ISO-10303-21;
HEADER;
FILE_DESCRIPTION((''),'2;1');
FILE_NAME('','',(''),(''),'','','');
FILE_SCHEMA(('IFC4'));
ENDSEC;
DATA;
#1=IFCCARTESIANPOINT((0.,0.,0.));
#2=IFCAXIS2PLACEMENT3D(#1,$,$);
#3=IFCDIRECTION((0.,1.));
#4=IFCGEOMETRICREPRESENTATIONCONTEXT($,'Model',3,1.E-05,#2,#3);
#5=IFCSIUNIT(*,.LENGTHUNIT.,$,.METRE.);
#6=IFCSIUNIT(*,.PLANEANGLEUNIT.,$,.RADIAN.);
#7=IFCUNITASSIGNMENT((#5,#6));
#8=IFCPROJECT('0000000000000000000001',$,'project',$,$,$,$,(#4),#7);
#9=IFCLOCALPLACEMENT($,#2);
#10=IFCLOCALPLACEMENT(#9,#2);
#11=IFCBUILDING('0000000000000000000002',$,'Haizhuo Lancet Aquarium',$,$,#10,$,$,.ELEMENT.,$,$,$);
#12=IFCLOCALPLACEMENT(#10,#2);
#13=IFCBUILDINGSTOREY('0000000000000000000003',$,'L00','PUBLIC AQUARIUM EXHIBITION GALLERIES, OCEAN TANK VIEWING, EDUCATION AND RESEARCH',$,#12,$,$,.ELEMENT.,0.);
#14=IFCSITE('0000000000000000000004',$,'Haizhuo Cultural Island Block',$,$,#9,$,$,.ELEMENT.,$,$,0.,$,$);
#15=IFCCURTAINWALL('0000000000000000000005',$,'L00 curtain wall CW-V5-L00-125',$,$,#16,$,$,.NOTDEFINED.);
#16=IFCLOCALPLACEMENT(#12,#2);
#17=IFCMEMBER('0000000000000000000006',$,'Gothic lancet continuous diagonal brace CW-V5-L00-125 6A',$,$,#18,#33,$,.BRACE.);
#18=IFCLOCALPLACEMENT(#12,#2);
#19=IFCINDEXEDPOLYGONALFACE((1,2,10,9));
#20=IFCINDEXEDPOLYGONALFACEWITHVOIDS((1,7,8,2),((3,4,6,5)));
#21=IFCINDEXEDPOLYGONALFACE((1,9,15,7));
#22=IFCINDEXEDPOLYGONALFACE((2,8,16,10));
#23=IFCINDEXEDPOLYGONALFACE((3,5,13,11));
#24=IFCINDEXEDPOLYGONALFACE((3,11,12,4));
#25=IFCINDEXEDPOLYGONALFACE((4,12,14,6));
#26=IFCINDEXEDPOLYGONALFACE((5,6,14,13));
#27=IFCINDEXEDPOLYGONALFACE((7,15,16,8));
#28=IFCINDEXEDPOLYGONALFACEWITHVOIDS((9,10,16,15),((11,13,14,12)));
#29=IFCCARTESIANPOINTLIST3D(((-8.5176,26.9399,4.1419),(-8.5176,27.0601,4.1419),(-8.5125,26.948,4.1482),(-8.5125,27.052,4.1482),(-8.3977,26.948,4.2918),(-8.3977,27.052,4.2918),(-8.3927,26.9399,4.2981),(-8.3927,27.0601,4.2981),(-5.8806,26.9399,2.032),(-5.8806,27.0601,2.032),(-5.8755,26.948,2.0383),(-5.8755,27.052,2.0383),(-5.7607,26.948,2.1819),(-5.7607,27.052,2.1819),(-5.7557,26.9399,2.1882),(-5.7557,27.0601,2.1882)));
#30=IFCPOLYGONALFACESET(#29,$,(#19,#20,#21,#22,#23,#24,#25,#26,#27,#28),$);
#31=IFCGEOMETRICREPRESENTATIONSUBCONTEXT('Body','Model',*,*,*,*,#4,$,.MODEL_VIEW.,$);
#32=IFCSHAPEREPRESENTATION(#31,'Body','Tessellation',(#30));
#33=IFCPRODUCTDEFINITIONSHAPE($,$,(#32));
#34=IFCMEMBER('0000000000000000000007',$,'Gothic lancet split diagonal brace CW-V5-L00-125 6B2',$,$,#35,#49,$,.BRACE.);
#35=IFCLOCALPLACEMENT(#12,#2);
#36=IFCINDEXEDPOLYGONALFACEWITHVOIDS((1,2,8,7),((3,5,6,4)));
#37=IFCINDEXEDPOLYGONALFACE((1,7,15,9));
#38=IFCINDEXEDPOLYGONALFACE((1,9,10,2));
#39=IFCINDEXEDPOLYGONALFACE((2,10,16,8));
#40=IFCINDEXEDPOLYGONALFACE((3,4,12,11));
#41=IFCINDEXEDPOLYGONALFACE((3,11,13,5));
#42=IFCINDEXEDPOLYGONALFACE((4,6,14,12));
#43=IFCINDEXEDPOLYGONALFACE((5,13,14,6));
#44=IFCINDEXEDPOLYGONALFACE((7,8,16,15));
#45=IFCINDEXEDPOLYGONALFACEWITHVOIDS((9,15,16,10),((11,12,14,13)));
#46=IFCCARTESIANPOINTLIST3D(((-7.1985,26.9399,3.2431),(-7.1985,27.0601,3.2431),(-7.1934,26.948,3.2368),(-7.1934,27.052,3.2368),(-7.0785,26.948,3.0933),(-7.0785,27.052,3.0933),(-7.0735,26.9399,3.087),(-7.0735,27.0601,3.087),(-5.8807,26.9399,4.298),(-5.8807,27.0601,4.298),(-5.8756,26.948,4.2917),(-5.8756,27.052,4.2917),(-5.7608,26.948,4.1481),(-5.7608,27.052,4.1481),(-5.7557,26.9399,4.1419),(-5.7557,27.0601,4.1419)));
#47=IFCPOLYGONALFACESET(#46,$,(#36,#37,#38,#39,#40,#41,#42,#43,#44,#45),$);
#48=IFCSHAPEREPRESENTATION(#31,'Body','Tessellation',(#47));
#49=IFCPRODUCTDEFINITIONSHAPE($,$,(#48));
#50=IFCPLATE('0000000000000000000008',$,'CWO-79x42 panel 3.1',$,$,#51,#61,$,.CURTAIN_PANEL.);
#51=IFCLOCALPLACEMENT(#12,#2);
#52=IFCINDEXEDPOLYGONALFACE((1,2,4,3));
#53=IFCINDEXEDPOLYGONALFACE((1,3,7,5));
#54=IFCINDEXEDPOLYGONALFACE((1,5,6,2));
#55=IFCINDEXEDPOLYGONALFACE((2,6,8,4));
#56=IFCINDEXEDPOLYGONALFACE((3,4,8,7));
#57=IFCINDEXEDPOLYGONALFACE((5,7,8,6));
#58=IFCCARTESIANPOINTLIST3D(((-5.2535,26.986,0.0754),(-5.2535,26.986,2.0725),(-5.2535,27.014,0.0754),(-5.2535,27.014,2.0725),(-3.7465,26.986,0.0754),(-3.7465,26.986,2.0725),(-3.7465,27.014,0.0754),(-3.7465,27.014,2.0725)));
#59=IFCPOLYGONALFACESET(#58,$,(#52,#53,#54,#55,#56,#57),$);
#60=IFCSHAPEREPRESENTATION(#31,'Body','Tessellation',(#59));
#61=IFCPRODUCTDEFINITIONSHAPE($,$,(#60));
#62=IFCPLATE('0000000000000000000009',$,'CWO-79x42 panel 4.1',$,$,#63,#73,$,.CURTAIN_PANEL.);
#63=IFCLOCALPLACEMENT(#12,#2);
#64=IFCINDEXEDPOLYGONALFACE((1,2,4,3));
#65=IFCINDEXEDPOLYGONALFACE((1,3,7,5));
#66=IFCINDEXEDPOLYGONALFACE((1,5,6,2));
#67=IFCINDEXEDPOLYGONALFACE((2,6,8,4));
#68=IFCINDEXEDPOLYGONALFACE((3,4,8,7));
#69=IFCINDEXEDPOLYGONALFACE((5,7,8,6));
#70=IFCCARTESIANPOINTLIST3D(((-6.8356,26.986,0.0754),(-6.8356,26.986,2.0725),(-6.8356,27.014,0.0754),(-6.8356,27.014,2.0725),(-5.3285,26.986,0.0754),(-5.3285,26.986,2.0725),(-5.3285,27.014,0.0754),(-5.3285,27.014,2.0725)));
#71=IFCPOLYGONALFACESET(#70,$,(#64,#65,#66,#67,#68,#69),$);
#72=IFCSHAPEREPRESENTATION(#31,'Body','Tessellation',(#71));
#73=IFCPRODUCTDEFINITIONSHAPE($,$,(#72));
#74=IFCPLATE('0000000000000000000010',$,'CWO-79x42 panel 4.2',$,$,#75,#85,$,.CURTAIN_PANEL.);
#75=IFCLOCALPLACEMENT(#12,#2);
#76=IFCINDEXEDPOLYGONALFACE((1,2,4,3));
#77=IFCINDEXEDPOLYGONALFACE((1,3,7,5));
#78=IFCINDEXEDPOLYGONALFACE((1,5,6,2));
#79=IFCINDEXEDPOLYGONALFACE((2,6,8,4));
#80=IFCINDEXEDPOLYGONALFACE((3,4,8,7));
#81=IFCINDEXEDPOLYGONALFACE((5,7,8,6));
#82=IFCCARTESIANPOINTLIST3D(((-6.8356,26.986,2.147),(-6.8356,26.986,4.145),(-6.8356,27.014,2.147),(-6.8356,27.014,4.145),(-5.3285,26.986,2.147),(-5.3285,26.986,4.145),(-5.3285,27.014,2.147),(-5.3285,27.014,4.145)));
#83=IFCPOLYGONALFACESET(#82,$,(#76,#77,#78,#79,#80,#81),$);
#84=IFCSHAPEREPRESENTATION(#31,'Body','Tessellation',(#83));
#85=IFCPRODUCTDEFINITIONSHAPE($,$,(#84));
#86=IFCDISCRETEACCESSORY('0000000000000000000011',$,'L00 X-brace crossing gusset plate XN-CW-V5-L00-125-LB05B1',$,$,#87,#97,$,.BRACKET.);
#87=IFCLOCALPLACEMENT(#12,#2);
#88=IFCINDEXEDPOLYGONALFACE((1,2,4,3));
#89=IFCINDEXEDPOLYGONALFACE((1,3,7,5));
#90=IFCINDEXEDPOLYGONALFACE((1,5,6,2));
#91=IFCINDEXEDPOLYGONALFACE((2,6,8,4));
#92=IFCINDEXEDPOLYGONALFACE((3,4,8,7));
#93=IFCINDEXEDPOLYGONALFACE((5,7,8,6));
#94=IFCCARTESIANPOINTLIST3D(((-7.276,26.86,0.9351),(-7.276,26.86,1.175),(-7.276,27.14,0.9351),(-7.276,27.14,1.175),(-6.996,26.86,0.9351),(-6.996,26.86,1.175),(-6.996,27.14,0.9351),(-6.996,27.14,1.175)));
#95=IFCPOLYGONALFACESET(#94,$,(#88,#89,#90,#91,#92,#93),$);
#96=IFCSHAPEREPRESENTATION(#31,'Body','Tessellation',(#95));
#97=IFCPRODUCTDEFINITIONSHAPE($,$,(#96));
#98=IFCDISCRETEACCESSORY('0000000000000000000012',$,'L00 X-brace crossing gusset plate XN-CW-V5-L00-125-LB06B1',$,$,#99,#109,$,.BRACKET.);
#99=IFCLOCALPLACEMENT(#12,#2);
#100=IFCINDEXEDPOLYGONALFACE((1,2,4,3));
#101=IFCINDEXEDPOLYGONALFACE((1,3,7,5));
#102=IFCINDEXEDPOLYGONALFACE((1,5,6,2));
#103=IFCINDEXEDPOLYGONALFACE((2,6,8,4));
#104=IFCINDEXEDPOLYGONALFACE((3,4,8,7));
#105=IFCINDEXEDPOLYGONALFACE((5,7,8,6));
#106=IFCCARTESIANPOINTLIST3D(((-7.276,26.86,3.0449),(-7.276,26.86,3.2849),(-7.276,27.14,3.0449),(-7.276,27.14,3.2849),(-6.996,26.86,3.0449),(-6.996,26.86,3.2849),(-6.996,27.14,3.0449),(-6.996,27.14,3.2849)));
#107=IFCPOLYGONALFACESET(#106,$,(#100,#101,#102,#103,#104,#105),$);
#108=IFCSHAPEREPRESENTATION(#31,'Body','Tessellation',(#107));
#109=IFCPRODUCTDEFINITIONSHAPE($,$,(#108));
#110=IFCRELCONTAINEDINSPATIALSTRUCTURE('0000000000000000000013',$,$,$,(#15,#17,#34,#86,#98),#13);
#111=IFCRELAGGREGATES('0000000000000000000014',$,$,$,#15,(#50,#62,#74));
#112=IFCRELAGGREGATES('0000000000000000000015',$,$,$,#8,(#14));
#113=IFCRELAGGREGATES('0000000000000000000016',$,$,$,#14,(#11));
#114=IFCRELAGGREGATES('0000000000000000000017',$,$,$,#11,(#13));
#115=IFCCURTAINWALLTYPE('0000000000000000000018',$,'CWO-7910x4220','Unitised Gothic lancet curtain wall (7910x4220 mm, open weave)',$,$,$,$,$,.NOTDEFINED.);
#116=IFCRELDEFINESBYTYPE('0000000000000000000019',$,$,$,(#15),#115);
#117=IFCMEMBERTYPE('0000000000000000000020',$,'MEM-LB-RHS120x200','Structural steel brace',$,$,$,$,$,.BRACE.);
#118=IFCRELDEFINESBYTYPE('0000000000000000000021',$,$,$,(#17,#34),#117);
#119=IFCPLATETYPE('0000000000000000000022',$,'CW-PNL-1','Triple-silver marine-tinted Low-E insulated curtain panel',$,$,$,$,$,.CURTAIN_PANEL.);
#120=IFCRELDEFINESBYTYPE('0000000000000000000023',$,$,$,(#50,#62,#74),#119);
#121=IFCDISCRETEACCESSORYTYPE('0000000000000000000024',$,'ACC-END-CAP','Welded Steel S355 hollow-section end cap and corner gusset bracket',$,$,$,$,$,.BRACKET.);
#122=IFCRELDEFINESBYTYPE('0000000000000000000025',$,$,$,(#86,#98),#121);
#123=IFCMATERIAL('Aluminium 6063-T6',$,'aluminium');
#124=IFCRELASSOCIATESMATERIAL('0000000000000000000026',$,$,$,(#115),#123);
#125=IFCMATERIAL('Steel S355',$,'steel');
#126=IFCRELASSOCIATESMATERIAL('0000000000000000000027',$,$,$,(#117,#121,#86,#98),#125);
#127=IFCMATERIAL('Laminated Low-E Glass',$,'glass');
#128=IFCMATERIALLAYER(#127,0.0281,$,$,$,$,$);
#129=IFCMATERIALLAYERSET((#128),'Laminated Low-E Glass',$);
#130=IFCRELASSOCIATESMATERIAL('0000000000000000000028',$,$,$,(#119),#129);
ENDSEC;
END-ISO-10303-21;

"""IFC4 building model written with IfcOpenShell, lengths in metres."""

from ifc_helpers import new_model, si_unit, direction, frame, origin, origin_2d, place, context, subcontext, project, spatial, rectangle, hollow_rectangle, extrude, material, layer, layer_set, material_profile, profile_set, type_object, element, aggregate, save


model = new_model("IFC4")

# Units and contexts
model_context = context("Model", 3, precision=1e-05, world=origin(), true_north=direction((0.0, 1.0)))
body_context = subcontext(model_context, "Body", "Model", "MODEL_VIEW")
ifc_project = project(units=[si_unit("LENGTHUNIT", "METRE"), si_unit("PLANEANGLEUNIT", "RADIAN")], contexts=[model_context])

# Site, building, storey
site_placement = place(None, origin())
site = spatial("IfcSite", under=ifc_project, at=site_placement, Name="Haizhuo Cultural Island Block", CompositionType="ELEMENT", RefElevation=0.0)
building_placement = place(site_placement, origin())
building = spatial("IfcBuilding", under=site, at=building_placement, Name="Haizhuo Lancet Aquarium", CompositionType="ELEMENT")
storey_placement = place(building_placement, origin())
storey = spatial("IfcBuildingStorey", under=building, at=storey_placement, Name="L00", Description="PUBLIC AQUARIUM EXHIBITION GALLERIES, OCEAN TANK VIEWING, EDUCATION AND RESEARCH", CompositionType="ELEMENT", Elevation=0.0)

# Curtain wall
ifc_material_1 = material(Name="Aluminium 6063-T6", Category="aluminium")
curtain_wall_type = type_object("IfcCurtainWallType", Name="CWO-7910x4220", Description="Unitised Gothic lancet curtain wall (7910x4220 mm, open weave)", PredefinedType="NOTDEFINED", material=ifc_material_1)
curtain_wall_placement = place(storey_placement, origin())
curtain_wall = element("IfcCurtainWall", 1, at=curtain_wall_placement, inside=storey, type_object=curtain_wall_type, Name="L00 curtain wall CW-V5-L00-125", PredefinedType="NOTDEFINED")

# Members
ifc_material_2 = material(Name="Steel S355", Category="steel")
ifc_material_profile_1 = material_profile(ifc_material_2, hollow_rectangle(XDim=0.1201, YDim=0.2, WallThickness=0.0081, at=origin_2d()), Name="RHS 120x200x8")
ifc_profile_set_1 = profile_set([ifc_material_profile_1], Name="Steel S355")
member_type_1 = type_object("IfcMemberType", Name="MEM-LB-RHS120x200", Description="Structural steel brace", PredefinedType="BRACE", material=ifc_profile_set_1)
for number, where, z_axis, x_axis, name in (
    (2, (-5.8181, 27.0, 2.1101), (-0.780826, 0.0, 0.624748), (0.0, -1.0, 0.0), "Gothic lancet continuous diagonal brace CW-V5-L00-125 6A"),
):
    element("IfcMember", number, at=place(storey_placement, frame(where, z_axis=z_axis, x_axis=x_axis)), inside=storey, type_object=member_type_1, Name=name, PredefinedType="BRACE", context=body_context, shape_type="SweptSolid", body=[
        extrude(hollow_rectangle(XDim=0.1201, YDim=0.2, WallThickness=0.0081, at=origin_2d()), origin(), (0.0, 0.0, 1.0), 3.3772),
    ])
member_1_placement = place(storey_placement, frame((-7.136, 27.0, 3.165), z_axis=(0.780685, 0.0, 0.624924), x_axis=(0.0, 1.0, 0.0)))
element("IfcMember", 3, at=member_1_placement, inside=storey, type_object=member_type_1, Name="Gothic lancet split diagonal brace CW-V5-L00-125 6B2", PredefinedType="BRACE", context=body_context, shape_type="SweptSolid", body=[
    extrude(hollow_rectangle(XDim=0.1201, YDim=0.2, WallThickness=0.0081, at=origin_2d()), origin(), (0.0, 0.0, 1.0), 1.688),
])

# Plates
ifc_material_3 = material(Name="Laminated Low-E Glass", Category="glass")
ifc_layer = layer(ifc_material_3, 0.0281)
ifc_layer_set = layer_set([ifc_layer], Name="Laminated Low-E Glass")
plate_type = type_object("IfcPlateType", Name="CW-PNL-1", Description="Triple-silver marine-tinted Low-E insulated curtain panel", PredefinedType="CURTAIN_PANEL", material=ifc_layer_set)
plate_1_placement = place(storey_placement, frame((-4.5, 27.0, 0.0754), z_axis=(0.0, 0.0, 1.0), x_axis=(-1.0, 0.0, 0.0)))
plate_1 = element("IfcPlate", 4, at=plate_1_placement, type_object=plate_type, Name="CWO-79x42 panel 3.1", PredefinedType="CURTAIN_PANEL", context=body_context, shape_type="SweptSolid", body=[
    extrude(rectangle(XDim=1.5071, YDim=0.0281, at=origin_2d()), origin(), (0.0, 0.0, 1.0), 1.9971),
])
plate_2_placement = place(storey_placement, frame((-6.082, 27.0, 0.0754), z_axis=(0.0, 0.0, 1.0), x_axis=(-1.0, 0.0, 0.0)))
plate_2 = element("IfcPlate", 5, at=plate_2_placement, type_object=plate_type, Name="CWO-79x42 panel 4.1", PredefinedType="CURTAIN_PANEL", context=body_context, shape_type="SweptSolid", body=[
    extrude(rectangle(XDim=1.5071, YDim=0.0281, at=origin_2d()), origin(), (0.0, 0.0, 1.0), 1.9971),
])
plate_3_placement = place(storey_placement, frame((-6.082, 27.0, 2.147), z_axis=(0.0, 0.0, 1.0), x_axis=(-1.0, 0.0, 0.0)))
plate_3 = element("IfcPlate", 6, at=plate_3_placement, type_object=plate_type, Name="CWO-79x42 panel 4.2", PredefinedType="CURTAIN_PANEL", context=body_context, shape_type="SweptSolid", body=[
    extrude(rectangle(XDim=1.5071, YDim=0.0281, at=origin_2d()), origin(), (0.0, 0.0, 1.0), 1.998),
])
aggregate(curtain_wall, [plate_1, plate_2, plate_3])

# Discrete accessories
discrete_accessory_type = type_object("IfcDiscreteAccessoryType", Name="ACC-END-CAP", Description="Welded Steel S355 hollow-section end cap and corner gusset bracket", PredefinedType="BRACKET", material=ifc_material_2)
for number, where, z_axis, x_axis, name in (
    (7, (-7.136, 27.0, 0.9351), (0.0, 0.0, 1.0), (1.0, 0.0, 0.0), "L00 X-brace crossing gusset plate XN-CW-V5-L00-125-LB05B1"),
    (8, (-7.136, 27.0, 3.0449), (0.0, 0.0, 1.0), (1.0, 0.0, 0.0), "L00 X-brace crossing gusset plate XN-CW-V5-L00-125-LB06B1"),
):
    element("IfcDiscreteAccessory", number, at=place(storey_placement, frame(where, z_axis=z_axis, x_axis=x_axis)), inside=storey, type_object=discrete_accessory_type, material=ifc_material_2, Name=name, PredefinedType="BRACKET", context=body_context, shape_type="SweptSolid", body=[
        extrude(rectangle(XDim=0.28, YDim=0.28, at=origin_2d()), origin(), (0.0, 0.0, 1.0), 0.24),
    ])

save(model, "model.ifc")
